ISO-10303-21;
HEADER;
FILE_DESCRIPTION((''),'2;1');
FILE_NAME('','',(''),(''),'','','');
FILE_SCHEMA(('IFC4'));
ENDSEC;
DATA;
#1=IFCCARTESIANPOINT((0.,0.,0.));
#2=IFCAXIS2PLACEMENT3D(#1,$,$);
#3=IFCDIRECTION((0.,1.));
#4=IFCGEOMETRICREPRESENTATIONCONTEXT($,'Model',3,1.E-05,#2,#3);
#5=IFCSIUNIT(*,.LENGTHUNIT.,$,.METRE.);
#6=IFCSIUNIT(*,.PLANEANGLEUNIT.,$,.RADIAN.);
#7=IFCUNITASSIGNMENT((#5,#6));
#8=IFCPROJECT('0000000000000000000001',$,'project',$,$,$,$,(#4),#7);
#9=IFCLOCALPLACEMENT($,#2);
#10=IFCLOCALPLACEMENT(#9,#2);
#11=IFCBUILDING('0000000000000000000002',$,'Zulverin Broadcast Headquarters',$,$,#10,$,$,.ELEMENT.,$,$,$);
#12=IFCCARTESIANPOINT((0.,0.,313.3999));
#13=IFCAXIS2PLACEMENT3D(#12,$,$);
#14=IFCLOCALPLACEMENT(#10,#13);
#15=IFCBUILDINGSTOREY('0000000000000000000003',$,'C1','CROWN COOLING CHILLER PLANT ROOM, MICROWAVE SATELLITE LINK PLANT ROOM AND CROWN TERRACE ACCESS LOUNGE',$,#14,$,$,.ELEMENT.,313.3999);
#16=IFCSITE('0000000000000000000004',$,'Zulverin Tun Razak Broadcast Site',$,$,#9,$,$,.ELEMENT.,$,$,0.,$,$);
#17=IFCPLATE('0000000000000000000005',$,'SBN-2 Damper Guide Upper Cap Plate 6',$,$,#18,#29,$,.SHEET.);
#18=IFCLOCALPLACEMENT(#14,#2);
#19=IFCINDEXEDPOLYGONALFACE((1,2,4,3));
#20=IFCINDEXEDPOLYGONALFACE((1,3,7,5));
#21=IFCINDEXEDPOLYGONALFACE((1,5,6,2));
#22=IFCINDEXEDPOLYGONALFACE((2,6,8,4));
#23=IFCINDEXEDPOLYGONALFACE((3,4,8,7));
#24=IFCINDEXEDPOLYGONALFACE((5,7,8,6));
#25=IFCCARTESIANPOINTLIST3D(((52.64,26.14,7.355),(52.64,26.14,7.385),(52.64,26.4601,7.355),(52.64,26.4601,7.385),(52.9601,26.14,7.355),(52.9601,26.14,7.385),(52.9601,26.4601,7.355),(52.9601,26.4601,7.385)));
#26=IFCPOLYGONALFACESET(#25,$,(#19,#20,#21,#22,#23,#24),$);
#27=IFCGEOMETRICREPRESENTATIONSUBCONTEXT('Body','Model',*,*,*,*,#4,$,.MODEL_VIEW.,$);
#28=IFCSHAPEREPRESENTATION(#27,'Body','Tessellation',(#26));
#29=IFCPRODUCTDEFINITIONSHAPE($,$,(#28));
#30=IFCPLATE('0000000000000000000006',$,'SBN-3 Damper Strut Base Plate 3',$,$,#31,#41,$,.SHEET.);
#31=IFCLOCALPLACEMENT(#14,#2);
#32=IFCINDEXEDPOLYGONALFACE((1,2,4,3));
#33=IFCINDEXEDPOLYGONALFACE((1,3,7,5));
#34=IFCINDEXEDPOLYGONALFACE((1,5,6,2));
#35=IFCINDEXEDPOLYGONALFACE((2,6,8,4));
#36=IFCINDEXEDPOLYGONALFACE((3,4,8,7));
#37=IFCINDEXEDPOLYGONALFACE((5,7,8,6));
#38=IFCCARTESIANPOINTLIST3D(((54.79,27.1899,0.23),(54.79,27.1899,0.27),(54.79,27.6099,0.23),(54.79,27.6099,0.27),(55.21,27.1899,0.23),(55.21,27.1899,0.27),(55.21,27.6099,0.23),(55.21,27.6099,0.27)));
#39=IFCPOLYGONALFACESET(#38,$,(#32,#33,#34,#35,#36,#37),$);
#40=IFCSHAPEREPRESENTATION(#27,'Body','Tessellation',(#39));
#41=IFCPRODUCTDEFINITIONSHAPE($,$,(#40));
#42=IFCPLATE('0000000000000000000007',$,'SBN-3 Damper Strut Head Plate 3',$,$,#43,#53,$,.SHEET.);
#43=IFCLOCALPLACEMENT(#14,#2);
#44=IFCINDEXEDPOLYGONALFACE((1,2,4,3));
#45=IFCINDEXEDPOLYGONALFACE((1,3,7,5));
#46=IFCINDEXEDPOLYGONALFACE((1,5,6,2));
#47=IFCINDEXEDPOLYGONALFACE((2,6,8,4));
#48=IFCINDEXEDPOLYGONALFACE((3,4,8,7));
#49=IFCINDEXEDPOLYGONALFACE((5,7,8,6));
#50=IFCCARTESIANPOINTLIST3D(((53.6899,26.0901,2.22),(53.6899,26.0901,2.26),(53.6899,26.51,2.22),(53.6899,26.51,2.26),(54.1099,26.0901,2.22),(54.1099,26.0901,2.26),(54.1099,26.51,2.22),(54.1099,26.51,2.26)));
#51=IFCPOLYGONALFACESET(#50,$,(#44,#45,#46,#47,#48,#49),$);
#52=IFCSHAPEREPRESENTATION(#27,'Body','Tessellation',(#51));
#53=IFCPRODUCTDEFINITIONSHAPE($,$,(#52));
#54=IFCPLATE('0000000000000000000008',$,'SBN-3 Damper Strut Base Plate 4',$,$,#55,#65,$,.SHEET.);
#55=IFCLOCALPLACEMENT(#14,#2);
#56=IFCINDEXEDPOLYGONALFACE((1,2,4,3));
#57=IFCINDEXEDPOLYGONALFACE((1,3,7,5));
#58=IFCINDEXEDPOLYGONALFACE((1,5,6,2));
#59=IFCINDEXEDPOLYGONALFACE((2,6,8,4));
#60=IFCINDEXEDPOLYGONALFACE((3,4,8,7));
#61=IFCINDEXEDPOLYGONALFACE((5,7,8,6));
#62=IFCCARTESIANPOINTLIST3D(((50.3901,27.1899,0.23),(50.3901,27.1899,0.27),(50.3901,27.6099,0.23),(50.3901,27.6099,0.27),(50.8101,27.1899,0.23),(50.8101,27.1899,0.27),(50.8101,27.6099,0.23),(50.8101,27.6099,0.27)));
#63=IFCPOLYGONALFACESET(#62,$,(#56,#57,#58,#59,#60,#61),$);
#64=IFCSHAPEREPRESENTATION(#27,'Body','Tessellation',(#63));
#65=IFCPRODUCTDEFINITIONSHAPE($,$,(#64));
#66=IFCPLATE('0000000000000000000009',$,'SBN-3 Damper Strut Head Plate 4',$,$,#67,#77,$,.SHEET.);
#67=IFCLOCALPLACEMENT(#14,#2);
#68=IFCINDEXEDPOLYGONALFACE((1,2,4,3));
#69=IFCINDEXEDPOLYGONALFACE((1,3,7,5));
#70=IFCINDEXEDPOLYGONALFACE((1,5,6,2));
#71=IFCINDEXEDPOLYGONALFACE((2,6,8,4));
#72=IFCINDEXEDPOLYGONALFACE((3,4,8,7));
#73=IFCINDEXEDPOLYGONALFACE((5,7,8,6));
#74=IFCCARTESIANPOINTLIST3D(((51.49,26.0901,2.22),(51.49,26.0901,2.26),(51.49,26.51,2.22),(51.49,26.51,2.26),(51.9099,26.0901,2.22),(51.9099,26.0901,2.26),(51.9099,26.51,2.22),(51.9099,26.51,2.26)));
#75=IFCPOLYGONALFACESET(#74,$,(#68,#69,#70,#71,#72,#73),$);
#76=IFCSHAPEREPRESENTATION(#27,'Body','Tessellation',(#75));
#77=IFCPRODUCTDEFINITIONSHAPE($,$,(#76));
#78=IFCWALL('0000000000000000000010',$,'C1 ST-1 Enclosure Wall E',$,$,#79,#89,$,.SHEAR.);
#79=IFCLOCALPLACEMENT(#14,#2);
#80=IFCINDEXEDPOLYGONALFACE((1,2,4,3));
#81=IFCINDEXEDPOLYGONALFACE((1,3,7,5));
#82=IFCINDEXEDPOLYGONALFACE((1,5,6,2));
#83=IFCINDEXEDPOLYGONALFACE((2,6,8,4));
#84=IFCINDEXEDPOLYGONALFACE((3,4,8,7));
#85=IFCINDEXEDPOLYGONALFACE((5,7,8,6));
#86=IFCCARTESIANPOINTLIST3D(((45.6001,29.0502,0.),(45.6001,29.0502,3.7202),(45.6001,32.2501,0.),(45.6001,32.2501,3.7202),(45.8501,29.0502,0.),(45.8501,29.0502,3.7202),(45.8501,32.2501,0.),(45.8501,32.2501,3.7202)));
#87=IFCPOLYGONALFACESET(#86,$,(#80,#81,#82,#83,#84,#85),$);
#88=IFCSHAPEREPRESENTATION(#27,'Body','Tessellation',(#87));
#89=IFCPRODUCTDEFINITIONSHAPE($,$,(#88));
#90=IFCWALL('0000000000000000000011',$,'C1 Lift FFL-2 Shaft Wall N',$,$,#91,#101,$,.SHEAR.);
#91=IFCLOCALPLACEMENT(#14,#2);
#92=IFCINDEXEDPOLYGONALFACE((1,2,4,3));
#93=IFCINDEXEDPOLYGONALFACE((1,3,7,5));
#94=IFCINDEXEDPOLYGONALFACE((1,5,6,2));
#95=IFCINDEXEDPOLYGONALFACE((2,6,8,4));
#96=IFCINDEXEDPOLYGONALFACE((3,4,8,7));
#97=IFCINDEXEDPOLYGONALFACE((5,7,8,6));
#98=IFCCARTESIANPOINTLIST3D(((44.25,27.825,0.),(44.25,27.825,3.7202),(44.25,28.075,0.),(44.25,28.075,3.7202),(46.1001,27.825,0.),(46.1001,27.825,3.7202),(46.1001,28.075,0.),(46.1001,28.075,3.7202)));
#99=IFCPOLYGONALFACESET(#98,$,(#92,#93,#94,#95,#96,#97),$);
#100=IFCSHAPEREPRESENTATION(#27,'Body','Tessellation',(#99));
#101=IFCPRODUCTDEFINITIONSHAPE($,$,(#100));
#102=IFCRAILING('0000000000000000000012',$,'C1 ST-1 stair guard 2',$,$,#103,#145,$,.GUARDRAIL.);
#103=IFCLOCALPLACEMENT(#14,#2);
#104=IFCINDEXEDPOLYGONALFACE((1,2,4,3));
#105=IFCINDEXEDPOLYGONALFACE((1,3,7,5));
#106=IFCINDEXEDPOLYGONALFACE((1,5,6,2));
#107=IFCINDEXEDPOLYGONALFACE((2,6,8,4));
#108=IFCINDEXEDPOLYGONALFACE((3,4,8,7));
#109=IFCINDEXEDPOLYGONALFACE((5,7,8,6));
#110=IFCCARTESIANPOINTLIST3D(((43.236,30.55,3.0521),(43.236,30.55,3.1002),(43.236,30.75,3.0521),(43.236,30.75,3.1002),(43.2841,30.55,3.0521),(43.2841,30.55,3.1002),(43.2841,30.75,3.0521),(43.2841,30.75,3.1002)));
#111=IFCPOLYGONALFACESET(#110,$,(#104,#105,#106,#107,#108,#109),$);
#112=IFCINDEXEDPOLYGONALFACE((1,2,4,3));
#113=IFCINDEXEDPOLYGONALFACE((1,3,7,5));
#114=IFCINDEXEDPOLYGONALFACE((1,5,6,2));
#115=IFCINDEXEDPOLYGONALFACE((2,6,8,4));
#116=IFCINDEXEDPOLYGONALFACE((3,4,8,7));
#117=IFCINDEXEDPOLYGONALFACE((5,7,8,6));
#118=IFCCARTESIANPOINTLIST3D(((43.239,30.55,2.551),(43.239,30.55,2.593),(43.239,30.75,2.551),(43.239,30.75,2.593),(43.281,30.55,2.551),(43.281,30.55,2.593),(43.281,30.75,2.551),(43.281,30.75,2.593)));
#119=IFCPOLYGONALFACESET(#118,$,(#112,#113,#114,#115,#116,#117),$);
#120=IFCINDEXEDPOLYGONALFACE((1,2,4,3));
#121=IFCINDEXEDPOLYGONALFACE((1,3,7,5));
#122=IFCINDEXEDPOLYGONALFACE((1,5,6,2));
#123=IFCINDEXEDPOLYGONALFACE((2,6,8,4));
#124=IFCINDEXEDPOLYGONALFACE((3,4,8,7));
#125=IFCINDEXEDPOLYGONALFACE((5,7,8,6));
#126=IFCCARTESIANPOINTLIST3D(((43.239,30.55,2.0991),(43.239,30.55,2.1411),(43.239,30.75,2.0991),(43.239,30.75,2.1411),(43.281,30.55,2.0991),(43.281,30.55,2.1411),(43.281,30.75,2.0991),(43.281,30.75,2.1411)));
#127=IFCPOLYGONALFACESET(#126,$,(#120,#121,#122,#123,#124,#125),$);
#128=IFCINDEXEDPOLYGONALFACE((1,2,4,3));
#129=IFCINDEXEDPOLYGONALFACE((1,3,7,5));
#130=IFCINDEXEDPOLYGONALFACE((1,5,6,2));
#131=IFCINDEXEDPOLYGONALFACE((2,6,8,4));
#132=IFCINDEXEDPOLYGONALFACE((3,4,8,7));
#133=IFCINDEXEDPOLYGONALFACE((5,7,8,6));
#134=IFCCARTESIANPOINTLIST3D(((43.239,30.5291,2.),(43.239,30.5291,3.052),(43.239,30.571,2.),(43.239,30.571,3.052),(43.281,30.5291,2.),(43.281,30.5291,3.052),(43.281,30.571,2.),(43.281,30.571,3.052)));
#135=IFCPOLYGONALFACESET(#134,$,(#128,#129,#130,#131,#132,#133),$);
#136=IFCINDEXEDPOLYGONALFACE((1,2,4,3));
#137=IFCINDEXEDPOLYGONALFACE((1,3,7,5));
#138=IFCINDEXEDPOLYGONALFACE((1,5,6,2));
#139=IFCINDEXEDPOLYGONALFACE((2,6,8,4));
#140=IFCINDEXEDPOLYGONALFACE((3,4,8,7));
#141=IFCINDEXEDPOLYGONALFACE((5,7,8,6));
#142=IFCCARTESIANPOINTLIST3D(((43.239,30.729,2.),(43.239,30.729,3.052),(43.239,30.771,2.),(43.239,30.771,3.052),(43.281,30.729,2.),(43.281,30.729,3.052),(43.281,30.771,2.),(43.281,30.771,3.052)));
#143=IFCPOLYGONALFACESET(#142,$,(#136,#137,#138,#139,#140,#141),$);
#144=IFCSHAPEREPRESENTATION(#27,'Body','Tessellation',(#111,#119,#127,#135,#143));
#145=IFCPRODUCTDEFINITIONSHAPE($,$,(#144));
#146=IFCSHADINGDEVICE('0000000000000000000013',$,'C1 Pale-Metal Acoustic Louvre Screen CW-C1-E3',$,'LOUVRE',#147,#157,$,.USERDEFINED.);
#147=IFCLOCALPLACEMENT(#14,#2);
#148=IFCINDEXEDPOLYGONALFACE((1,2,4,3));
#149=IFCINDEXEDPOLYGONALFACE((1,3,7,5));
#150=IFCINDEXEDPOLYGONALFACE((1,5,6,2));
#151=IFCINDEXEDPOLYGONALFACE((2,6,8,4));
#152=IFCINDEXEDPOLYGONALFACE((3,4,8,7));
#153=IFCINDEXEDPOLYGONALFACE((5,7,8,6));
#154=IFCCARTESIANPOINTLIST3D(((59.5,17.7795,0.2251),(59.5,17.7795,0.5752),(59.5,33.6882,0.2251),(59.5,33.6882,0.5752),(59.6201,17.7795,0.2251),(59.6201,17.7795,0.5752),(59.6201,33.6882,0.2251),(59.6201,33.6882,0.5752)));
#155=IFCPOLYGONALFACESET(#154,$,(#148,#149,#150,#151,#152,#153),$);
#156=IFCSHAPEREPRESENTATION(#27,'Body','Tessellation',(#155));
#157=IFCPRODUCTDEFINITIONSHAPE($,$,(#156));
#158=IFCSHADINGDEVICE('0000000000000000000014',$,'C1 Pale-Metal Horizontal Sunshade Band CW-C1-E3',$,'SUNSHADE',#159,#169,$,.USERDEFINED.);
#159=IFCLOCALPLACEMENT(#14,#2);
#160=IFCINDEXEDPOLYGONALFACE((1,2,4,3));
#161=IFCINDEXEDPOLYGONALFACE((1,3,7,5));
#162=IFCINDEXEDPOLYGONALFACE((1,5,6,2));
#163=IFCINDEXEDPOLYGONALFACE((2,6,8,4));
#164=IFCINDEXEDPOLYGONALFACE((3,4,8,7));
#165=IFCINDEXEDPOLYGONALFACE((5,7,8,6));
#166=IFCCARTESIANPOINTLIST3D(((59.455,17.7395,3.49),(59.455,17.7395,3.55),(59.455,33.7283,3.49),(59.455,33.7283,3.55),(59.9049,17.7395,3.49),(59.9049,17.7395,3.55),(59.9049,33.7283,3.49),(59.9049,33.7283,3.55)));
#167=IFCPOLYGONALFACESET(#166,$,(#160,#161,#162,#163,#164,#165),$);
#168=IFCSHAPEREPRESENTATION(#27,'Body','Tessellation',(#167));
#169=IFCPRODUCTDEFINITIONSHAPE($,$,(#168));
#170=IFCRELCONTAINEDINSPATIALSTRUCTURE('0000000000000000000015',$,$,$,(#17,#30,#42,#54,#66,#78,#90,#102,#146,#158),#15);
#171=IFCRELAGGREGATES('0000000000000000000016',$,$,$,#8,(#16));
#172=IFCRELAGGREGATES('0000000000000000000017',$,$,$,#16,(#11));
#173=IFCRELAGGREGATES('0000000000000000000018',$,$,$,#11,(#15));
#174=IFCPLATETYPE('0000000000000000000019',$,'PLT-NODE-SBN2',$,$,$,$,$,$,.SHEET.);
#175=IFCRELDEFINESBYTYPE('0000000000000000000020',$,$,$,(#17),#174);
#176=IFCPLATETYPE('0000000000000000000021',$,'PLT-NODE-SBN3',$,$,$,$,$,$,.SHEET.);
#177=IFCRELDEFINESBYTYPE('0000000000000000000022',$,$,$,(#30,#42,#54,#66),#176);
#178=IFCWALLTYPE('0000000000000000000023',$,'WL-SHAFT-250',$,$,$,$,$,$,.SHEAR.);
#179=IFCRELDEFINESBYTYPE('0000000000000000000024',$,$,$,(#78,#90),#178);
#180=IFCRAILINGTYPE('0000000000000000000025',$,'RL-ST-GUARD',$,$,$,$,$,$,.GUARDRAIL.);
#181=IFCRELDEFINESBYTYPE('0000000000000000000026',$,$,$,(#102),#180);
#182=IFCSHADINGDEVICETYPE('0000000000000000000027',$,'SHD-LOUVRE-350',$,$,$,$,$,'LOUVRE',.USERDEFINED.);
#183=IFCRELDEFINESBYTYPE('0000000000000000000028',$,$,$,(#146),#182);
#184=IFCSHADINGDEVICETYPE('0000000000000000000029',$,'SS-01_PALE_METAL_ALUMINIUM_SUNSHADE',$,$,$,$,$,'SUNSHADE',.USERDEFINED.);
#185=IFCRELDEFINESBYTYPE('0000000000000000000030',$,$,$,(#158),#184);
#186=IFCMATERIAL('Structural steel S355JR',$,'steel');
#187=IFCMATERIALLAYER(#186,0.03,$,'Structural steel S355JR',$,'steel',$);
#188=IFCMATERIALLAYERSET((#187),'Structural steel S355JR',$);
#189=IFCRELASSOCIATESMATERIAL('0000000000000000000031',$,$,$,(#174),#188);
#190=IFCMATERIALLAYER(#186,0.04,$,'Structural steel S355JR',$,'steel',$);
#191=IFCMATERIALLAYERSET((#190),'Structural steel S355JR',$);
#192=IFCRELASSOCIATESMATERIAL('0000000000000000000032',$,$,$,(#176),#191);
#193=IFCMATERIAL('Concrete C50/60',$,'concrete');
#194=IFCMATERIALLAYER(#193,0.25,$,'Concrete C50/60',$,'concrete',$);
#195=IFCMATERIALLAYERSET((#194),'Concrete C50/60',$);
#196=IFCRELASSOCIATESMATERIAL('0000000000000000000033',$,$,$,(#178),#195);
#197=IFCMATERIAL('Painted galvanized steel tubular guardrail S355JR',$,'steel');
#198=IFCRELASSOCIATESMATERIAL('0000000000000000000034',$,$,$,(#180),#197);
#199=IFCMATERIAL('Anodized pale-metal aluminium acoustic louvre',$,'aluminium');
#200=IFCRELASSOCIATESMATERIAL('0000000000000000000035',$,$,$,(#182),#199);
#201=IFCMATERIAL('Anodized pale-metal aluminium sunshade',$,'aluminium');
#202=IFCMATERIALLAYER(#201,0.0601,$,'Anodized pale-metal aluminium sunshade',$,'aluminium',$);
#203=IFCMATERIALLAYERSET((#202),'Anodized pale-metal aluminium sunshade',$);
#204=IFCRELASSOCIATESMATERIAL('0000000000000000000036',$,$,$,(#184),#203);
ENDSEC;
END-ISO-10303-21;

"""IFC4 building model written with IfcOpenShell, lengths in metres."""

from ifc_helpers import new_model, si_unit, direction, frame, frame_2d, origin, origin_2d, place, context, subcontext, project, spatial, rectangle, extrude, material, layer, layer_set, type_object, element, save


model = new_model("IFC4")

# Units and contexts
model_context = context("Model", 3, precision=1e-05, world=origin(), true_north=direction((0.0, 1.0)))
body_context = subcontext(model_context, "Body", "Model", "MODEL_VIEW")
ifc_project = project(units=[si_unit("LENGTHUNIT", "METRE"), si_unit("PLANEANGLEUNIT", "RADIAN")], contexts=[model_context])

# Site, building, storey
site_placement = place(None, origin())
site = spatial("IfcSite", under=ifc_project, at=site_placement, Name="Zulverin Tun Razak Broadcast Site", CompositionType="ELEMENT", RefElevation=0.0)
building_placement = place(site_placement, origin())
building = spatial("IfcBuilding", under=site, at=building_placement, Name="Zulverin Broadcast Headquarters", CompositionType="ELEMENT")
storey_placement = place(building_placement, frame((0.0, 0.0, 313.3999)))
storey = spatial("IfcBuildingStorey", under=building, at=storey_placement, Name="C1", Description="CROWN COOLING CHILLER PLANT ROOM, MICROWAVE SATELLITE LINK PLANT ROOM AND CROWN TERRACE ACCESS LOUNGE", CompositionType="ELEMENT", Elevation=313.3999)

# Shared definitions
ifc_material_1 = material(Name="Structural steel S355JR", Category="steel")
ifc_material_2 = material(Name="Concrete C50/60", Category="concrete")

# Plates
ifc_layer_1 = layer(ifc_material_1, 0.03, Name="Structural steel S355JR", Category="steel")
ifc_layer_set_1 = layer_set([ifc_layer_1], Name="Structural steel S355JR")
plate_type_1 = type_object("IfcPlateType", Name="PLT-NODE-SBN2", PredefinedType="SHEET", material=ifc_layer_set_1)
for number, where, z_axis, x_axis, name in (
    (1, (52.8, 26.3, 7.355), (0.0, 0.0, 1.0), (1.0, 0.0, 0.0), "SBN-2 Damper Guide Upper Cap Plate 6"),
):
    element("IfcPlate", number, at=place(storey_placement, frame(where, z_axis=z_axis, x_axis=x_axis)), inside=storey, type_object=plate_type_1, Name=name, PredefinedType="SHEET", context=body_context, shape_type="SweptSolid", body=[
        extrude(rectangle(XDim=0.3201, YDim=0.3201, at=origin_2d()), origin(), (0.0, 0.0, 1.0), 0.03),
    ])
ifc_layer_2 = layer(ifc_material_1, 0.04, Name="Structural steel S355JR", Category="steel")
ifc_layer_set_2 = layer_set([ifc_layer_2], Name="Structural steel S355JR")
plate_type_2 = type_object("IfcPlateType", Name="PLT-NODE-SBN3", PredefinedType="SHEET", material=ifc_layer_set_2)
for number, where, z_axis, x_axis, name in (
    (2, (55.0, 27.3999, 0.23), (0.0, 0.0, 1.0), (1.0, 0.0, 0.0), "SBN-3 Damper Strut Base Plate 3"),
    (3, (53.8999, 26.3, 2.22), (0.0, 0.0, 1.0), (1.0, 0.0, 0.0), "SBN-3 Damper Strut Head Plate 3"),
    (4, (50.6001, 27.3999, 0.23), (0.0, 0.0, 1.0), (1.0, 0.0, 0.0), "SBN-3 Damper Strut Base Plate 4"),
    (5, (51.7, 26.3, 2.22), (0.0, 0.0, 1.0), (1.0, 0.0, 0.0), "SBN-3 Damper Strut Head Plate 4"),
):
    element("IfcPlate", number, at=place(storey_placement, frame(where, z_axis=z_axis, x_axis=x_axis)), inside=storey, type_object=plate_type_2, Name=name, PredefinedType="SHEET", context=body_context, shape_type="SweptSolid", body=[
        extrude(rectangle(XDim=0.4199, YDim=0.4199, at=origin_2d()), origin(), (0.0, 0.0, 1.0), 0.04),
    ])

# Walls
ifc_layer_3 = layer(ifc_material_2, 0.25, Name="Concrete C50/60", Category="concrete")
ifc_layer_set_3 = layer_set([ifc_layer_3], Name="Concrete C50/60")
wall_type = type_object("IfcWallType", Name="WL-SHAFT-250", PredefinedType="SHEAR", material=ifc_layer_set_3)
wall_1_placement = place(storey_placement, frame((45.7251, 29.05, 0.0), z_axis=(0.0, 0.0, 1.0), x_axis=(0.0, 1.0, 0.0)))
element("IfcWall", 6, at=wall_1_placement, inside=storey, type_object=wall_type, Name="C1 ST-1 Enclosure Wall E", PredefinedType="SHEAR", context=body_context, shape_type="SweptSolid", body=[
    extrude(rectangle(XDim=3.2, YDim=0.25, at=frame_2d((1.6001, 0.0))), origin(), (0.0, 0.0, 1.0), 3.7202),
])
wall_2_placement = place(storey_placement, frame((44.25, 27.95, 0.0), z_axis=(0.0, 0.0, 1.0), x_axis=(1.0, 0.0, 0.0)))
element("IfcWall", 7, at=wall_2_placement, inside=storey, type_object=wall_type, Name="C1 Lift FFL-2 Shaft Wall N", PredefinedType="SHEAR", context=body_context, shape_type="SweptSolid", body=[
    extrude(rectangle(XDim=1.8501, YDim=0.25, at=frame_2d((0.925, 0.0))), origin(), (0.0, 0.0, 1.0), 3.7202),
])

# Railing
ifc_material_3 = material(Name="Painted galvanized steel tubular guardrail S355JR", Category="steel")
railing_type = type_object("IfcRailingType", Name="RL-ST-GUARD", PredefinedType="GUARDRAIL", material=ifc_material_3)
railing_placement = place(storey_placement, frame((43.26, 30.55, 2.0)))
element("IfcRailing", 8, at=railing_placement, inside=storey, type_object=railing_type, Name="C1 ST-1 stair guard 2", PredefinedType="GUARDRAIL", context=body_context, shape_type="SweptSolid", body=[
    extrude(rectangle(XDim=0.0481, YDim=0.0481, at=origin_2d()), frame((0.0, 0.0, 1.0762), z_axis=(0.0, 1.0, 0.0), x_axis=(-1.0, 0.0, 0.0)), (0.0, 0.0, 1.0), 0.2),
    extrude(rectangle(XDim=0.042, YDim=0.042, at=origin_2d()), frame((0.0, 0.0, 0.572), z_axis=(0.0, 1.0, 0.0), x_axis=(-1.0, 0.0, 0.0)), (0.0, 0.0, 1.0), 0.2),
    extrude(rectangle(XDim=0.042, YDim=0.042, at=origin_2d()), frame((0.0, 0.0, 0.1201), z_axis=(0.0, 1.0, 0.0), x_axis=(-1.0, 0.0, 0.0)), (0.0, 0.0, 1.0), 0.2),
    extrude(rectangle(XDim=0.042, YDim=0.042, at=origin_2d()), origin(), (0.0, 0.0, 1.0), 1.052),
    extrude(rectangle(XDim=0.042, YDim=0.042, at=origin_2d()), frame((0.0, 0.2, 0.0)), (0.0, 0.0, 1.0), 1.052),
])

# Shading devices
ifc_material_4 = material(Name="Anodized pale-metal aluminium acoustic louvre", Category="aluminium")
shading_device_type_1 = type_object("IfcShadingDeviceType", Name="SHD-LOUVRE-350", ElementType="LOUVRE", PredefinedType="USERDEFINED", material=ifc_material_4)
shading_device_1_placement = place(storey_placement, frame((59.5601, 25.7339, 0.2251), z_axis=(0.0, 0.0, 1.0), x_axis=(0.0, 1.0, 0.0)))
element("IfcShadingDevice", 9, at=shading_device_1_placement, inside=storey, type_object=shading_device_type_1, Name="C1 Pale-Metal Acoustic Louvre Screen CW-C1-E3", ObjectType="LOUVRE", PredefinedType="USERDEFINED", context=body_context, shape_type="SweptSolid", body=[
    extrude(rectangle(XDim=15.9087, YDim=0.1201, at=origin_2d()), origin(), (0.0, 0.0, 1.0), 0.3501),
])
ifc_material_5 = material(Name="Anodized pale-metal aluminium sunshade", Category="aluminium")
ifc_layer_4 = layer(ifc_material_5, 0.0601, Name="Anodized pale-metal aluminium sunshade", Category="aluminium")
ifc_layer_set_4 = layer_set([ifc_layer_4], Name="Anodized pale-metal aluminium sunshade")
shading_device_type_2 = type_object("IfcShadingDeviceType", Name="SS-01_PALE_METAL_ALUMINIUM_SUNSHADE", ElementType="SUNSHADE", PredefinedType="USERDEFINED", material=ifc_layer_set_4)
shading_device_2_placement = place(storey_placement, frame((59.6799, 25.7339, 3.49), z_axis=(0.0, 0.0, 1.0), x_axis=(0.0, 1.0, 0.0)))
element("IfcShadingDevice", 10, at=shading_device_2_placement, inside=storey, type_object=shading_device_type_2, Name="C1 Pale-Metal Horizontal Sunshade Band CW-C1-E3", ObjectType="SUNSHADE", PredefinedType="USERDEFINED", context=body_context, shape_type="SweptSolid", body=[
    extrude(rectangle(XDim=15.9888, YDim=0.45, at=origin_2d()), origin(), (0.0, 0.0, 1.0), 0.0601),
])

save(model, "model.ifc")
